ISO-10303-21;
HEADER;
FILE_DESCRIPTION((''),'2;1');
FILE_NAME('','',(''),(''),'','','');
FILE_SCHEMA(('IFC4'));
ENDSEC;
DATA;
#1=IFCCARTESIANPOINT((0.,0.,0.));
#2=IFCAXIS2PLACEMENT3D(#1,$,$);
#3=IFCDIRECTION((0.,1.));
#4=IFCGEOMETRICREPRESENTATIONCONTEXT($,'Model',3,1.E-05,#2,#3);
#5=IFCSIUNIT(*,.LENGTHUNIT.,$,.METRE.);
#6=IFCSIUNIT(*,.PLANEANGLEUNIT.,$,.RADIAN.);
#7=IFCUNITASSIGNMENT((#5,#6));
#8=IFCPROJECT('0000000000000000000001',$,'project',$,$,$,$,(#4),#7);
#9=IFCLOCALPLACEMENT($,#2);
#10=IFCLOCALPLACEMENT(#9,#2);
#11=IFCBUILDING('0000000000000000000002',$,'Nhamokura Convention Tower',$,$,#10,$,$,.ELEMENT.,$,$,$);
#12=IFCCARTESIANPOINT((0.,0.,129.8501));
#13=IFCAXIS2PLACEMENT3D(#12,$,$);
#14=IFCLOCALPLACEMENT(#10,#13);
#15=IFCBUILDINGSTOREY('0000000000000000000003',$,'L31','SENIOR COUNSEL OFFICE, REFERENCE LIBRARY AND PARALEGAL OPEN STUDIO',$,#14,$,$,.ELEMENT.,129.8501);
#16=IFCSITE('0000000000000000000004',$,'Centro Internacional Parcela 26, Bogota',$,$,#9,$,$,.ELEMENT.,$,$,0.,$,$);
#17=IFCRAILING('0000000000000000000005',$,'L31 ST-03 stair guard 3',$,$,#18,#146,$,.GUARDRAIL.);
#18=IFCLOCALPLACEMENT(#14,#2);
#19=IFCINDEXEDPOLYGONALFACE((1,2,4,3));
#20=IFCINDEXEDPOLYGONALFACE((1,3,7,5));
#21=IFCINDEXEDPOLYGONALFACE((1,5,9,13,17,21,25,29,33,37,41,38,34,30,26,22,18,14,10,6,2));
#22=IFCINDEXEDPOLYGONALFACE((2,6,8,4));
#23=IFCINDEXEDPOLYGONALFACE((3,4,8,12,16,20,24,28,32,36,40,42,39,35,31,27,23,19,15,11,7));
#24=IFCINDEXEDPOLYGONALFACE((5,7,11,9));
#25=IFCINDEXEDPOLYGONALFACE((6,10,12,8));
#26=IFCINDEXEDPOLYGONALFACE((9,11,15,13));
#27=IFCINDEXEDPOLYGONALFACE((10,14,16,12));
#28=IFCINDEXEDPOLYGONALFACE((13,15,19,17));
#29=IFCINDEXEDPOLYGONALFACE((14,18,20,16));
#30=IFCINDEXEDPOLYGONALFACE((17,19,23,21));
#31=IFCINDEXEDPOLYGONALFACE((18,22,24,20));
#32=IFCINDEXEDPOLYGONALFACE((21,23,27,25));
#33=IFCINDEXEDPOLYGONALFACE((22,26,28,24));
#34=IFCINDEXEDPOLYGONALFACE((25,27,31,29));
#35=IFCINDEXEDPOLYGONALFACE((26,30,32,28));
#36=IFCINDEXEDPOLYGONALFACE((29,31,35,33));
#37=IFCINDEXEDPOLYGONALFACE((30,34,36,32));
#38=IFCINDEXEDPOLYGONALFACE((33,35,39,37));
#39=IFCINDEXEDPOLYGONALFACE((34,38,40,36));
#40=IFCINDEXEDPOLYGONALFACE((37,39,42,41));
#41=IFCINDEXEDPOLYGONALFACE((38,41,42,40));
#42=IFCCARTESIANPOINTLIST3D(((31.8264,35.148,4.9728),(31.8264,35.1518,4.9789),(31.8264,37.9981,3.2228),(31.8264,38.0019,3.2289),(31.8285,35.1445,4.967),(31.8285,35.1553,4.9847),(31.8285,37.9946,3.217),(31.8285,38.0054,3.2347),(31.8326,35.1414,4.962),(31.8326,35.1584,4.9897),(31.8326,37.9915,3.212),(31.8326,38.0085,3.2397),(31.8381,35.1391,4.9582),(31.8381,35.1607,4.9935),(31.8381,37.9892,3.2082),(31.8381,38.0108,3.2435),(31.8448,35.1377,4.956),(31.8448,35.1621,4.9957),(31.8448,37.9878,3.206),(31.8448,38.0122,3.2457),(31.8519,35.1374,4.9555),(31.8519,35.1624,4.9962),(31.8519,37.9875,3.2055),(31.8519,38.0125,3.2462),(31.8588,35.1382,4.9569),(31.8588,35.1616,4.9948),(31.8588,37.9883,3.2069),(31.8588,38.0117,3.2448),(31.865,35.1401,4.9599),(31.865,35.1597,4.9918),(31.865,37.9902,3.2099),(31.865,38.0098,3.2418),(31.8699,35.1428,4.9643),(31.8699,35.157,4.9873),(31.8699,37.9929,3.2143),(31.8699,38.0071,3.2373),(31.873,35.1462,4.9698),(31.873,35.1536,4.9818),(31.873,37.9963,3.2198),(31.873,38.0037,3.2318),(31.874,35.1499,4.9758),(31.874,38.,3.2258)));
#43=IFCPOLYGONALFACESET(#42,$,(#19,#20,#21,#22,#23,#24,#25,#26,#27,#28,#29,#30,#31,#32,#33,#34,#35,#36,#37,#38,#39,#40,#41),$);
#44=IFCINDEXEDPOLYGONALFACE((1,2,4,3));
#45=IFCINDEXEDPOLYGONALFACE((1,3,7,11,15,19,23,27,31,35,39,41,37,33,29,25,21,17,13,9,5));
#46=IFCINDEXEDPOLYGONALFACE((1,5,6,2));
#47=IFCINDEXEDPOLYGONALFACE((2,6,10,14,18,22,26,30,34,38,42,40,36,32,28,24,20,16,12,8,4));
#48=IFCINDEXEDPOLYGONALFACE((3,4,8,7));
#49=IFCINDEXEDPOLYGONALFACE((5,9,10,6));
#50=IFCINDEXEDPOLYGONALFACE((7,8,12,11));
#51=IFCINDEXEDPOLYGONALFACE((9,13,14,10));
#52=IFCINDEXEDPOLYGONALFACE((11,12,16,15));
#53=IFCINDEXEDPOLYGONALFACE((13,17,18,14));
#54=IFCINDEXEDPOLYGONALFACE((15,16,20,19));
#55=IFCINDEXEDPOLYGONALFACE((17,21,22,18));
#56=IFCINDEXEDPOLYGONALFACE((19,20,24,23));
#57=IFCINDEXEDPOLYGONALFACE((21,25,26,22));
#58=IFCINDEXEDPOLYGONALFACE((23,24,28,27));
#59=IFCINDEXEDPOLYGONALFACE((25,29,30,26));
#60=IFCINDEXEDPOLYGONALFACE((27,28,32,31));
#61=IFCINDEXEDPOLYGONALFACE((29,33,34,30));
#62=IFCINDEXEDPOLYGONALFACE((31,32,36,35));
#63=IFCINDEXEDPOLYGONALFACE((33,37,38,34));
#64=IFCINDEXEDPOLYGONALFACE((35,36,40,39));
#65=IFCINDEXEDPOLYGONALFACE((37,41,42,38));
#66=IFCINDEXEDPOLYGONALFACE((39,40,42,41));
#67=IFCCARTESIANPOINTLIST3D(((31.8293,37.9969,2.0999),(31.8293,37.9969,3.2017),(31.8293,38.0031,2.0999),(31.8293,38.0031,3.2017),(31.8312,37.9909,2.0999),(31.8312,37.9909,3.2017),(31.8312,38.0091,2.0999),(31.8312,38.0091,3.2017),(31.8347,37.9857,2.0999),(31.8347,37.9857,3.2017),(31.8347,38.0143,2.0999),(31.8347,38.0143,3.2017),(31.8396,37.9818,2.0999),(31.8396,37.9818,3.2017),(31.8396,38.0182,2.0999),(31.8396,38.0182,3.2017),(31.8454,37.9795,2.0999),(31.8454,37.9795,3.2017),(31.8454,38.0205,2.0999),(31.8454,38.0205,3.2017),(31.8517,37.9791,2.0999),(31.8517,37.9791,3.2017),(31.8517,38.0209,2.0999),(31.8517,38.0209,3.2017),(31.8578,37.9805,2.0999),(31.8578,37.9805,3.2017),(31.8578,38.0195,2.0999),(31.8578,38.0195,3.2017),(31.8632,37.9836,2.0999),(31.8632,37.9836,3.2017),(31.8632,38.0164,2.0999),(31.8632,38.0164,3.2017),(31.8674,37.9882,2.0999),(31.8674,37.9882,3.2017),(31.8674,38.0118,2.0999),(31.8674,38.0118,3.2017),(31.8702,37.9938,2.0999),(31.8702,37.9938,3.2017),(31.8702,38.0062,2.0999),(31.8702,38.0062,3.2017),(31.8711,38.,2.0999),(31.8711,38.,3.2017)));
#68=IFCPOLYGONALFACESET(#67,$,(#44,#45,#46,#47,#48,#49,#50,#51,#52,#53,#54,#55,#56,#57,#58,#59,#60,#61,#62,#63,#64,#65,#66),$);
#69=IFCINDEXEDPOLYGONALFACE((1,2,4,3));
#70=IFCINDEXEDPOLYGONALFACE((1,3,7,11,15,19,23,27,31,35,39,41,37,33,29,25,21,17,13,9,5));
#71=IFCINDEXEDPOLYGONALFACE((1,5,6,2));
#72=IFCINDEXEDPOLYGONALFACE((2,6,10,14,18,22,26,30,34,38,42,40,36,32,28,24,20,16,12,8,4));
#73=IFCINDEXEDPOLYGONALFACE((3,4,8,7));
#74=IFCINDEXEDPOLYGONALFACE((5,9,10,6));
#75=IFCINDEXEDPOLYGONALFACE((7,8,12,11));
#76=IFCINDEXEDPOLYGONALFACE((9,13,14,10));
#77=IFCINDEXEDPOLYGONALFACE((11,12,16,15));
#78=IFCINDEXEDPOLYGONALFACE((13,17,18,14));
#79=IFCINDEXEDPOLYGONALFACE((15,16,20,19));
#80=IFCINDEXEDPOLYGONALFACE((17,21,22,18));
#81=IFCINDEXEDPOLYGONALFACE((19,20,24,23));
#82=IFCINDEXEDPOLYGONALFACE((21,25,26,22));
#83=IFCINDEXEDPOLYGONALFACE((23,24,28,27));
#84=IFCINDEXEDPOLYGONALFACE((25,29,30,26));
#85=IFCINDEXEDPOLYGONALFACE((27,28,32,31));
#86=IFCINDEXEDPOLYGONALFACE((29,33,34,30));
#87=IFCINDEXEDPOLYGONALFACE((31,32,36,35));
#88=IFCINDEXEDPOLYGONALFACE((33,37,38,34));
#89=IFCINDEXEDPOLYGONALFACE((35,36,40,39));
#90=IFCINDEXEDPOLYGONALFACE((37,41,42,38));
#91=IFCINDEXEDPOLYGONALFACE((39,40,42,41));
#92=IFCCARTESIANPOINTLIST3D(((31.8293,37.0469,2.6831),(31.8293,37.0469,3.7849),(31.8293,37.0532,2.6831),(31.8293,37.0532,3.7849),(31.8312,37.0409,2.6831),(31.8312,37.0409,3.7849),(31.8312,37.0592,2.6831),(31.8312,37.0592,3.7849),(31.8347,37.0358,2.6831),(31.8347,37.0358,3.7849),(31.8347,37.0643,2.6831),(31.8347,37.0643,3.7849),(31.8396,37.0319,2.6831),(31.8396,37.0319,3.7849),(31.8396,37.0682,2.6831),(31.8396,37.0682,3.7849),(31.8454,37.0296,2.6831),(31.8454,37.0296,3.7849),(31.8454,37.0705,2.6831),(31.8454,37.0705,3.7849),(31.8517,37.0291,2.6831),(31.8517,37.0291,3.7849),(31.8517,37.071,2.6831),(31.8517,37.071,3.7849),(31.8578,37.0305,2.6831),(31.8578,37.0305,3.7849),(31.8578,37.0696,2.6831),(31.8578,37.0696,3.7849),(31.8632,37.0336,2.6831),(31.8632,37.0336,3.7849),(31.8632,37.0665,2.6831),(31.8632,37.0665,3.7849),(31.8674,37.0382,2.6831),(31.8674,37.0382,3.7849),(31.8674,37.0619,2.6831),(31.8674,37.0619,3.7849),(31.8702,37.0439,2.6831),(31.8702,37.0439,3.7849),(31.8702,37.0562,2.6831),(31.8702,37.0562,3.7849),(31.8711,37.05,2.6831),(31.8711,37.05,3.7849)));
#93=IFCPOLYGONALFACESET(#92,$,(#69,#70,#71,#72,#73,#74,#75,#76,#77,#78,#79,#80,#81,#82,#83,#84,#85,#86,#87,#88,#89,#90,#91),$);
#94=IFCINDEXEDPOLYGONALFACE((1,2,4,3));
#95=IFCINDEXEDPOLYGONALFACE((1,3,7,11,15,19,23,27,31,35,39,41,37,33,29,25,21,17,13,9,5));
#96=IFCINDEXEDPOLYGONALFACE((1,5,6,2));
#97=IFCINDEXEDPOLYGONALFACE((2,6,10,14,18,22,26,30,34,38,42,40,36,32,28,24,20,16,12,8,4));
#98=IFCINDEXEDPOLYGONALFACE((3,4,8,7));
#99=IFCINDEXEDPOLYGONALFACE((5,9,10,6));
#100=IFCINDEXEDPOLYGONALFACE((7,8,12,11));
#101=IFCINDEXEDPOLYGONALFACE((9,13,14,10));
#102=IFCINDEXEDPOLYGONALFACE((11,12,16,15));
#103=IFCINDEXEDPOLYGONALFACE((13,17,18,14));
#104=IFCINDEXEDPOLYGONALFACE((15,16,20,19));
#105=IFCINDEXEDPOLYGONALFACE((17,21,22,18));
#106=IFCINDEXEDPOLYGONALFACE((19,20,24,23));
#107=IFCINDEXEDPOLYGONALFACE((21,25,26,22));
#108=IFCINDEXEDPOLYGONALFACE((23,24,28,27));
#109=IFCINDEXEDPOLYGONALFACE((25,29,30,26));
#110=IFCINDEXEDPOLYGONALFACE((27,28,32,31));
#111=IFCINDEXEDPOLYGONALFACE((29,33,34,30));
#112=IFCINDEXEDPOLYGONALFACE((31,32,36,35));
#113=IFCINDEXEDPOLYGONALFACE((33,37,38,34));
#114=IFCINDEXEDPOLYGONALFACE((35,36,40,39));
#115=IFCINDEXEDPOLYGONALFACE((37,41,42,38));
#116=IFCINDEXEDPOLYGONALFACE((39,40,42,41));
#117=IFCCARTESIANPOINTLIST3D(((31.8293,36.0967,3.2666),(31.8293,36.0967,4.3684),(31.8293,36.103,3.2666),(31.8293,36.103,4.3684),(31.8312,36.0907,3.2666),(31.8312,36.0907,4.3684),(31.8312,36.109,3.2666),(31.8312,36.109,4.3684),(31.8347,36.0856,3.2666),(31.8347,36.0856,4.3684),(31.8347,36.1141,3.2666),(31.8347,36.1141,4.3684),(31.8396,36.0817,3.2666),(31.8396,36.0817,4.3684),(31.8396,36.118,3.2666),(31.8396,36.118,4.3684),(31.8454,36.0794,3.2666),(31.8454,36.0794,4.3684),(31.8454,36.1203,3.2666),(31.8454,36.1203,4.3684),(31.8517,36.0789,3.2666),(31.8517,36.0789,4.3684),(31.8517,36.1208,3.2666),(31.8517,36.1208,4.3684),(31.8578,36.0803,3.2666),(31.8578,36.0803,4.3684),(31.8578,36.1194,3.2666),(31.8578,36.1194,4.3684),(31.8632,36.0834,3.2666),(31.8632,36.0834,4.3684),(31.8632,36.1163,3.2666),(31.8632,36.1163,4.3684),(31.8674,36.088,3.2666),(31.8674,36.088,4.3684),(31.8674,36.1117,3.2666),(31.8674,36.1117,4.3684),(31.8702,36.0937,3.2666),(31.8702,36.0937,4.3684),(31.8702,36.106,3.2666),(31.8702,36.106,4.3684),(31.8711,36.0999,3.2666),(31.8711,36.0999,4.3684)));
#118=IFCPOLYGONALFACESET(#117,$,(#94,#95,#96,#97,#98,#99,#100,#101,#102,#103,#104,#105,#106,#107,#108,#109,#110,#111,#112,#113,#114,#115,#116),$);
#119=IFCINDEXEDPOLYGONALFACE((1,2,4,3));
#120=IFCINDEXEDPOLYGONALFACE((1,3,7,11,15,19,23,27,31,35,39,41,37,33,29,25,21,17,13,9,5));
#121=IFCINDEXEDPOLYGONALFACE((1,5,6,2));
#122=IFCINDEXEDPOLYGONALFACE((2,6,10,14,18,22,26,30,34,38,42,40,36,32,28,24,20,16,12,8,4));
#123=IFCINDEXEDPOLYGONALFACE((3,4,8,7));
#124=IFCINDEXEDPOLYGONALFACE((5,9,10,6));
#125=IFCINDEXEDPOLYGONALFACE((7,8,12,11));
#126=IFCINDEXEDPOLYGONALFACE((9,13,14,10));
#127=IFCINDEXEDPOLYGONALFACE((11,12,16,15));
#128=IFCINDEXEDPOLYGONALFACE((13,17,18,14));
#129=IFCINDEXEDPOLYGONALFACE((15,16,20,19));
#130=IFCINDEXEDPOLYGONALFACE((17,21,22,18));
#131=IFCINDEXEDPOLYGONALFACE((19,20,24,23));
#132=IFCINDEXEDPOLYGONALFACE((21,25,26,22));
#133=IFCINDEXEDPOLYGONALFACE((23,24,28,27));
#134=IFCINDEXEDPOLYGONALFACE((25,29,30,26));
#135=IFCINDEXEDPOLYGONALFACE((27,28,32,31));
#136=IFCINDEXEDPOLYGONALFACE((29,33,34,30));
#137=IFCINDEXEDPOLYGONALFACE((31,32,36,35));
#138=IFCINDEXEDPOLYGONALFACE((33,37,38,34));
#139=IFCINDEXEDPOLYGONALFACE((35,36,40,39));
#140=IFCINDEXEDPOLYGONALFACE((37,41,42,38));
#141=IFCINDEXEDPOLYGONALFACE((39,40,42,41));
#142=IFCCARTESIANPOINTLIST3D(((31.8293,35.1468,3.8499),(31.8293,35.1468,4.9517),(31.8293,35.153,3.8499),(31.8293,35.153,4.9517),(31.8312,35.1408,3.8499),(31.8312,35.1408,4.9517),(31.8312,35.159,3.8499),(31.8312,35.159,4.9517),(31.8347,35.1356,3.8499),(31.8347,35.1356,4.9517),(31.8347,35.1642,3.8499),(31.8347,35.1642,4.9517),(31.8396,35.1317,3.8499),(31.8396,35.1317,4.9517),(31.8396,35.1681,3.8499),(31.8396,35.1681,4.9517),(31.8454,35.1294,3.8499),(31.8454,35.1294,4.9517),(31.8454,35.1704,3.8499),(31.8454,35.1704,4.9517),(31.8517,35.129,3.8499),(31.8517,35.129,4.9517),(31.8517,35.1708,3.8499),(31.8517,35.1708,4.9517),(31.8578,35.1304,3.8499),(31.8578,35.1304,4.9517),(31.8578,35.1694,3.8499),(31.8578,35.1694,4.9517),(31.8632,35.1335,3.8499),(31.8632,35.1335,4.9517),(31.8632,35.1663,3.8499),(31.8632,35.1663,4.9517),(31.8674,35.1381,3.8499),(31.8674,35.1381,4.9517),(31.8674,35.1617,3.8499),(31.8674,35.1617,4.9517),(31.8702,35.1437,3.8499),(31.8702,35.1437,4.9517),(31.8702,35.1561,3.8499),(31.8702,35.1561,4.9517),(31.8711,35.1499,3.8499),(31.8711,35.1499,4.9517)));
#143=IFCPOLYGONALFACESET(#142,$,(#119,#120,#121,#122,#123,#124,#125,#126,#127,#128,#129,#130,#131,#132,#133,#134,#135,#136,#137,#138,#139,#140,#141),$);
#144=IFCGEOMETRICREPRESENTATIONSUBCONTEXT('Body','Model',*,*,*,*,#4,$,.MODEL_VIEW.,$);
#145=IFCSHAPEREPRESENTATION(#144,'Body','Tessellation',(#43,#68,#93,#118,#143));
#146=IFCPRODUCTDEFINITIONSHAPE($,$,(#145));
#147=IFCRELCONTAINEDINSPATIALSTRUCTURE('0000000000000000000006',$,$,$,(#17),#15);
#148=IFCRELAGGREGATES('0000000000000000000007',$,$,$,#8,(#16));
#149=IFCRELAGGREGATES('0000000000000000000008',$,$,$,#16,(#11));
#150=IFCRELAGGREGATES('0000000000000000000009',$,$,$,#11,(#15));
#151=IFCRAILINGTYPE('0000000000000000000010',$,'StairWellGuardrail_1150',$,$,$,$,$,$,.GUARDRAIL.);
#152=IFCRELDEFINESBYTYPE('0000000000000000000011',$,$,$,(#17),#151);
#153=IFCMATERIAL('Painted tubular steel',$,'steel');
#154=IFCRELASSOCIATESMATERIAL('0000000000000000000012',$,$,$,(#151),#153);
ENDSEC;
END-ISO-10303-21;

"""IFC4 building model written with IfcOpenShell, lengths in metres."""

from ifc_helpers import new_model, si_unit, direction, frame, origin, origin_2d, place, context, subcontext, project, spatial, circle, extrude, material, type_object, element, save


model = new_model("IFC4")

# Units and contexts
model_context = context("Model", 3, precision=1e-05, world=origin(), true_north=direction((0.0, 1.0)))
body_context = subcontext(model_context, "Body", "Model", "MODEL_VIEW")
ifc_project = project(units=[si_unit("LENGTHUNIT", "METRE"), si_unit("PLANEANGLEUNIT", "RADIAN")], contexts=[model_context])

# Site, building, storey
site_placement = place(None, origin())
site = spatial("IfcSite", under=ifc_project, at=site_placement, Name="Centro Internacional Parcela 26, Bogota", CompositionType="ELEMENT", RefElevation=0.0)
building_placement = place(site_placement, origin())
building = spatial("IfcBuilding", under=site, at=building_placement, Name="Nhamokura Convention Tower", CompositionType="ELEMENT")
storey_placement = place(building_placement, frame((0.0, 0.0, 129.8501)))
storey = spatial("IfcBuildingStorey", under=building, at=storey_placement, Name="L31", Description="SENIOR COUNSEL OFFICE, REFERENCE LIBRARY AND PARALEGAL OPEN STUDIO", CompositionType="ELEMENT", Elevation=129.8501)

# Railing
ifc_material_1 = material(Name="Painted tubular steel", Category="steel")
railing_type_1 = type_object("IfcRailingType", Name="StairWellGuardrail_1150", PredefinedType="GUARDRAIL", material=ifc_material_1)
railing_1_placement = place(storey_placement, frame((31.8501, 38.0, 2.0999)))
element("IfcRailing", 1, at=railing_1_placement, inside=storey, type_object=railing_type_1, Name="L31 ST-03 stair guard 3", PredefinedType="GUARDRAIL", context=body_context, shape_type="SweptSolid", body=[
    extrude(circle(Radius=0.0239, at=origin_2d()), frame((0.0, 0.0, 1.126), z_axis=(0.0, -0.852179, 0.52325), x_axis=(1.0, 0.0, 0.0)), (0.0, 0.0, 1.0), 3.3445),
    extrude(circle(Radius=0.021, at=origin_2d()), origin(), (0.0, 0.0, 1.0), 1.1018),
    extrude(circle(Radius=0.021, at=origin_2d()), frame((0.0, -0.95, 0.5833)), (0.0, 0.0, 1.0), 1.1018),
    extrude(circle(Radius=0.021, at=origin_2d()), frame((0.0, -1.9001, 1.1667)), (0.0, 0.0, 1.0), 1.1018),
    extrude(circle(Radius=0.021, at=origin_2d()), frame((0.0, -2.8501, 1.75)), (0.0, 0.0, 1.0), 1.1018),
])

save(model, "model.ifc")
